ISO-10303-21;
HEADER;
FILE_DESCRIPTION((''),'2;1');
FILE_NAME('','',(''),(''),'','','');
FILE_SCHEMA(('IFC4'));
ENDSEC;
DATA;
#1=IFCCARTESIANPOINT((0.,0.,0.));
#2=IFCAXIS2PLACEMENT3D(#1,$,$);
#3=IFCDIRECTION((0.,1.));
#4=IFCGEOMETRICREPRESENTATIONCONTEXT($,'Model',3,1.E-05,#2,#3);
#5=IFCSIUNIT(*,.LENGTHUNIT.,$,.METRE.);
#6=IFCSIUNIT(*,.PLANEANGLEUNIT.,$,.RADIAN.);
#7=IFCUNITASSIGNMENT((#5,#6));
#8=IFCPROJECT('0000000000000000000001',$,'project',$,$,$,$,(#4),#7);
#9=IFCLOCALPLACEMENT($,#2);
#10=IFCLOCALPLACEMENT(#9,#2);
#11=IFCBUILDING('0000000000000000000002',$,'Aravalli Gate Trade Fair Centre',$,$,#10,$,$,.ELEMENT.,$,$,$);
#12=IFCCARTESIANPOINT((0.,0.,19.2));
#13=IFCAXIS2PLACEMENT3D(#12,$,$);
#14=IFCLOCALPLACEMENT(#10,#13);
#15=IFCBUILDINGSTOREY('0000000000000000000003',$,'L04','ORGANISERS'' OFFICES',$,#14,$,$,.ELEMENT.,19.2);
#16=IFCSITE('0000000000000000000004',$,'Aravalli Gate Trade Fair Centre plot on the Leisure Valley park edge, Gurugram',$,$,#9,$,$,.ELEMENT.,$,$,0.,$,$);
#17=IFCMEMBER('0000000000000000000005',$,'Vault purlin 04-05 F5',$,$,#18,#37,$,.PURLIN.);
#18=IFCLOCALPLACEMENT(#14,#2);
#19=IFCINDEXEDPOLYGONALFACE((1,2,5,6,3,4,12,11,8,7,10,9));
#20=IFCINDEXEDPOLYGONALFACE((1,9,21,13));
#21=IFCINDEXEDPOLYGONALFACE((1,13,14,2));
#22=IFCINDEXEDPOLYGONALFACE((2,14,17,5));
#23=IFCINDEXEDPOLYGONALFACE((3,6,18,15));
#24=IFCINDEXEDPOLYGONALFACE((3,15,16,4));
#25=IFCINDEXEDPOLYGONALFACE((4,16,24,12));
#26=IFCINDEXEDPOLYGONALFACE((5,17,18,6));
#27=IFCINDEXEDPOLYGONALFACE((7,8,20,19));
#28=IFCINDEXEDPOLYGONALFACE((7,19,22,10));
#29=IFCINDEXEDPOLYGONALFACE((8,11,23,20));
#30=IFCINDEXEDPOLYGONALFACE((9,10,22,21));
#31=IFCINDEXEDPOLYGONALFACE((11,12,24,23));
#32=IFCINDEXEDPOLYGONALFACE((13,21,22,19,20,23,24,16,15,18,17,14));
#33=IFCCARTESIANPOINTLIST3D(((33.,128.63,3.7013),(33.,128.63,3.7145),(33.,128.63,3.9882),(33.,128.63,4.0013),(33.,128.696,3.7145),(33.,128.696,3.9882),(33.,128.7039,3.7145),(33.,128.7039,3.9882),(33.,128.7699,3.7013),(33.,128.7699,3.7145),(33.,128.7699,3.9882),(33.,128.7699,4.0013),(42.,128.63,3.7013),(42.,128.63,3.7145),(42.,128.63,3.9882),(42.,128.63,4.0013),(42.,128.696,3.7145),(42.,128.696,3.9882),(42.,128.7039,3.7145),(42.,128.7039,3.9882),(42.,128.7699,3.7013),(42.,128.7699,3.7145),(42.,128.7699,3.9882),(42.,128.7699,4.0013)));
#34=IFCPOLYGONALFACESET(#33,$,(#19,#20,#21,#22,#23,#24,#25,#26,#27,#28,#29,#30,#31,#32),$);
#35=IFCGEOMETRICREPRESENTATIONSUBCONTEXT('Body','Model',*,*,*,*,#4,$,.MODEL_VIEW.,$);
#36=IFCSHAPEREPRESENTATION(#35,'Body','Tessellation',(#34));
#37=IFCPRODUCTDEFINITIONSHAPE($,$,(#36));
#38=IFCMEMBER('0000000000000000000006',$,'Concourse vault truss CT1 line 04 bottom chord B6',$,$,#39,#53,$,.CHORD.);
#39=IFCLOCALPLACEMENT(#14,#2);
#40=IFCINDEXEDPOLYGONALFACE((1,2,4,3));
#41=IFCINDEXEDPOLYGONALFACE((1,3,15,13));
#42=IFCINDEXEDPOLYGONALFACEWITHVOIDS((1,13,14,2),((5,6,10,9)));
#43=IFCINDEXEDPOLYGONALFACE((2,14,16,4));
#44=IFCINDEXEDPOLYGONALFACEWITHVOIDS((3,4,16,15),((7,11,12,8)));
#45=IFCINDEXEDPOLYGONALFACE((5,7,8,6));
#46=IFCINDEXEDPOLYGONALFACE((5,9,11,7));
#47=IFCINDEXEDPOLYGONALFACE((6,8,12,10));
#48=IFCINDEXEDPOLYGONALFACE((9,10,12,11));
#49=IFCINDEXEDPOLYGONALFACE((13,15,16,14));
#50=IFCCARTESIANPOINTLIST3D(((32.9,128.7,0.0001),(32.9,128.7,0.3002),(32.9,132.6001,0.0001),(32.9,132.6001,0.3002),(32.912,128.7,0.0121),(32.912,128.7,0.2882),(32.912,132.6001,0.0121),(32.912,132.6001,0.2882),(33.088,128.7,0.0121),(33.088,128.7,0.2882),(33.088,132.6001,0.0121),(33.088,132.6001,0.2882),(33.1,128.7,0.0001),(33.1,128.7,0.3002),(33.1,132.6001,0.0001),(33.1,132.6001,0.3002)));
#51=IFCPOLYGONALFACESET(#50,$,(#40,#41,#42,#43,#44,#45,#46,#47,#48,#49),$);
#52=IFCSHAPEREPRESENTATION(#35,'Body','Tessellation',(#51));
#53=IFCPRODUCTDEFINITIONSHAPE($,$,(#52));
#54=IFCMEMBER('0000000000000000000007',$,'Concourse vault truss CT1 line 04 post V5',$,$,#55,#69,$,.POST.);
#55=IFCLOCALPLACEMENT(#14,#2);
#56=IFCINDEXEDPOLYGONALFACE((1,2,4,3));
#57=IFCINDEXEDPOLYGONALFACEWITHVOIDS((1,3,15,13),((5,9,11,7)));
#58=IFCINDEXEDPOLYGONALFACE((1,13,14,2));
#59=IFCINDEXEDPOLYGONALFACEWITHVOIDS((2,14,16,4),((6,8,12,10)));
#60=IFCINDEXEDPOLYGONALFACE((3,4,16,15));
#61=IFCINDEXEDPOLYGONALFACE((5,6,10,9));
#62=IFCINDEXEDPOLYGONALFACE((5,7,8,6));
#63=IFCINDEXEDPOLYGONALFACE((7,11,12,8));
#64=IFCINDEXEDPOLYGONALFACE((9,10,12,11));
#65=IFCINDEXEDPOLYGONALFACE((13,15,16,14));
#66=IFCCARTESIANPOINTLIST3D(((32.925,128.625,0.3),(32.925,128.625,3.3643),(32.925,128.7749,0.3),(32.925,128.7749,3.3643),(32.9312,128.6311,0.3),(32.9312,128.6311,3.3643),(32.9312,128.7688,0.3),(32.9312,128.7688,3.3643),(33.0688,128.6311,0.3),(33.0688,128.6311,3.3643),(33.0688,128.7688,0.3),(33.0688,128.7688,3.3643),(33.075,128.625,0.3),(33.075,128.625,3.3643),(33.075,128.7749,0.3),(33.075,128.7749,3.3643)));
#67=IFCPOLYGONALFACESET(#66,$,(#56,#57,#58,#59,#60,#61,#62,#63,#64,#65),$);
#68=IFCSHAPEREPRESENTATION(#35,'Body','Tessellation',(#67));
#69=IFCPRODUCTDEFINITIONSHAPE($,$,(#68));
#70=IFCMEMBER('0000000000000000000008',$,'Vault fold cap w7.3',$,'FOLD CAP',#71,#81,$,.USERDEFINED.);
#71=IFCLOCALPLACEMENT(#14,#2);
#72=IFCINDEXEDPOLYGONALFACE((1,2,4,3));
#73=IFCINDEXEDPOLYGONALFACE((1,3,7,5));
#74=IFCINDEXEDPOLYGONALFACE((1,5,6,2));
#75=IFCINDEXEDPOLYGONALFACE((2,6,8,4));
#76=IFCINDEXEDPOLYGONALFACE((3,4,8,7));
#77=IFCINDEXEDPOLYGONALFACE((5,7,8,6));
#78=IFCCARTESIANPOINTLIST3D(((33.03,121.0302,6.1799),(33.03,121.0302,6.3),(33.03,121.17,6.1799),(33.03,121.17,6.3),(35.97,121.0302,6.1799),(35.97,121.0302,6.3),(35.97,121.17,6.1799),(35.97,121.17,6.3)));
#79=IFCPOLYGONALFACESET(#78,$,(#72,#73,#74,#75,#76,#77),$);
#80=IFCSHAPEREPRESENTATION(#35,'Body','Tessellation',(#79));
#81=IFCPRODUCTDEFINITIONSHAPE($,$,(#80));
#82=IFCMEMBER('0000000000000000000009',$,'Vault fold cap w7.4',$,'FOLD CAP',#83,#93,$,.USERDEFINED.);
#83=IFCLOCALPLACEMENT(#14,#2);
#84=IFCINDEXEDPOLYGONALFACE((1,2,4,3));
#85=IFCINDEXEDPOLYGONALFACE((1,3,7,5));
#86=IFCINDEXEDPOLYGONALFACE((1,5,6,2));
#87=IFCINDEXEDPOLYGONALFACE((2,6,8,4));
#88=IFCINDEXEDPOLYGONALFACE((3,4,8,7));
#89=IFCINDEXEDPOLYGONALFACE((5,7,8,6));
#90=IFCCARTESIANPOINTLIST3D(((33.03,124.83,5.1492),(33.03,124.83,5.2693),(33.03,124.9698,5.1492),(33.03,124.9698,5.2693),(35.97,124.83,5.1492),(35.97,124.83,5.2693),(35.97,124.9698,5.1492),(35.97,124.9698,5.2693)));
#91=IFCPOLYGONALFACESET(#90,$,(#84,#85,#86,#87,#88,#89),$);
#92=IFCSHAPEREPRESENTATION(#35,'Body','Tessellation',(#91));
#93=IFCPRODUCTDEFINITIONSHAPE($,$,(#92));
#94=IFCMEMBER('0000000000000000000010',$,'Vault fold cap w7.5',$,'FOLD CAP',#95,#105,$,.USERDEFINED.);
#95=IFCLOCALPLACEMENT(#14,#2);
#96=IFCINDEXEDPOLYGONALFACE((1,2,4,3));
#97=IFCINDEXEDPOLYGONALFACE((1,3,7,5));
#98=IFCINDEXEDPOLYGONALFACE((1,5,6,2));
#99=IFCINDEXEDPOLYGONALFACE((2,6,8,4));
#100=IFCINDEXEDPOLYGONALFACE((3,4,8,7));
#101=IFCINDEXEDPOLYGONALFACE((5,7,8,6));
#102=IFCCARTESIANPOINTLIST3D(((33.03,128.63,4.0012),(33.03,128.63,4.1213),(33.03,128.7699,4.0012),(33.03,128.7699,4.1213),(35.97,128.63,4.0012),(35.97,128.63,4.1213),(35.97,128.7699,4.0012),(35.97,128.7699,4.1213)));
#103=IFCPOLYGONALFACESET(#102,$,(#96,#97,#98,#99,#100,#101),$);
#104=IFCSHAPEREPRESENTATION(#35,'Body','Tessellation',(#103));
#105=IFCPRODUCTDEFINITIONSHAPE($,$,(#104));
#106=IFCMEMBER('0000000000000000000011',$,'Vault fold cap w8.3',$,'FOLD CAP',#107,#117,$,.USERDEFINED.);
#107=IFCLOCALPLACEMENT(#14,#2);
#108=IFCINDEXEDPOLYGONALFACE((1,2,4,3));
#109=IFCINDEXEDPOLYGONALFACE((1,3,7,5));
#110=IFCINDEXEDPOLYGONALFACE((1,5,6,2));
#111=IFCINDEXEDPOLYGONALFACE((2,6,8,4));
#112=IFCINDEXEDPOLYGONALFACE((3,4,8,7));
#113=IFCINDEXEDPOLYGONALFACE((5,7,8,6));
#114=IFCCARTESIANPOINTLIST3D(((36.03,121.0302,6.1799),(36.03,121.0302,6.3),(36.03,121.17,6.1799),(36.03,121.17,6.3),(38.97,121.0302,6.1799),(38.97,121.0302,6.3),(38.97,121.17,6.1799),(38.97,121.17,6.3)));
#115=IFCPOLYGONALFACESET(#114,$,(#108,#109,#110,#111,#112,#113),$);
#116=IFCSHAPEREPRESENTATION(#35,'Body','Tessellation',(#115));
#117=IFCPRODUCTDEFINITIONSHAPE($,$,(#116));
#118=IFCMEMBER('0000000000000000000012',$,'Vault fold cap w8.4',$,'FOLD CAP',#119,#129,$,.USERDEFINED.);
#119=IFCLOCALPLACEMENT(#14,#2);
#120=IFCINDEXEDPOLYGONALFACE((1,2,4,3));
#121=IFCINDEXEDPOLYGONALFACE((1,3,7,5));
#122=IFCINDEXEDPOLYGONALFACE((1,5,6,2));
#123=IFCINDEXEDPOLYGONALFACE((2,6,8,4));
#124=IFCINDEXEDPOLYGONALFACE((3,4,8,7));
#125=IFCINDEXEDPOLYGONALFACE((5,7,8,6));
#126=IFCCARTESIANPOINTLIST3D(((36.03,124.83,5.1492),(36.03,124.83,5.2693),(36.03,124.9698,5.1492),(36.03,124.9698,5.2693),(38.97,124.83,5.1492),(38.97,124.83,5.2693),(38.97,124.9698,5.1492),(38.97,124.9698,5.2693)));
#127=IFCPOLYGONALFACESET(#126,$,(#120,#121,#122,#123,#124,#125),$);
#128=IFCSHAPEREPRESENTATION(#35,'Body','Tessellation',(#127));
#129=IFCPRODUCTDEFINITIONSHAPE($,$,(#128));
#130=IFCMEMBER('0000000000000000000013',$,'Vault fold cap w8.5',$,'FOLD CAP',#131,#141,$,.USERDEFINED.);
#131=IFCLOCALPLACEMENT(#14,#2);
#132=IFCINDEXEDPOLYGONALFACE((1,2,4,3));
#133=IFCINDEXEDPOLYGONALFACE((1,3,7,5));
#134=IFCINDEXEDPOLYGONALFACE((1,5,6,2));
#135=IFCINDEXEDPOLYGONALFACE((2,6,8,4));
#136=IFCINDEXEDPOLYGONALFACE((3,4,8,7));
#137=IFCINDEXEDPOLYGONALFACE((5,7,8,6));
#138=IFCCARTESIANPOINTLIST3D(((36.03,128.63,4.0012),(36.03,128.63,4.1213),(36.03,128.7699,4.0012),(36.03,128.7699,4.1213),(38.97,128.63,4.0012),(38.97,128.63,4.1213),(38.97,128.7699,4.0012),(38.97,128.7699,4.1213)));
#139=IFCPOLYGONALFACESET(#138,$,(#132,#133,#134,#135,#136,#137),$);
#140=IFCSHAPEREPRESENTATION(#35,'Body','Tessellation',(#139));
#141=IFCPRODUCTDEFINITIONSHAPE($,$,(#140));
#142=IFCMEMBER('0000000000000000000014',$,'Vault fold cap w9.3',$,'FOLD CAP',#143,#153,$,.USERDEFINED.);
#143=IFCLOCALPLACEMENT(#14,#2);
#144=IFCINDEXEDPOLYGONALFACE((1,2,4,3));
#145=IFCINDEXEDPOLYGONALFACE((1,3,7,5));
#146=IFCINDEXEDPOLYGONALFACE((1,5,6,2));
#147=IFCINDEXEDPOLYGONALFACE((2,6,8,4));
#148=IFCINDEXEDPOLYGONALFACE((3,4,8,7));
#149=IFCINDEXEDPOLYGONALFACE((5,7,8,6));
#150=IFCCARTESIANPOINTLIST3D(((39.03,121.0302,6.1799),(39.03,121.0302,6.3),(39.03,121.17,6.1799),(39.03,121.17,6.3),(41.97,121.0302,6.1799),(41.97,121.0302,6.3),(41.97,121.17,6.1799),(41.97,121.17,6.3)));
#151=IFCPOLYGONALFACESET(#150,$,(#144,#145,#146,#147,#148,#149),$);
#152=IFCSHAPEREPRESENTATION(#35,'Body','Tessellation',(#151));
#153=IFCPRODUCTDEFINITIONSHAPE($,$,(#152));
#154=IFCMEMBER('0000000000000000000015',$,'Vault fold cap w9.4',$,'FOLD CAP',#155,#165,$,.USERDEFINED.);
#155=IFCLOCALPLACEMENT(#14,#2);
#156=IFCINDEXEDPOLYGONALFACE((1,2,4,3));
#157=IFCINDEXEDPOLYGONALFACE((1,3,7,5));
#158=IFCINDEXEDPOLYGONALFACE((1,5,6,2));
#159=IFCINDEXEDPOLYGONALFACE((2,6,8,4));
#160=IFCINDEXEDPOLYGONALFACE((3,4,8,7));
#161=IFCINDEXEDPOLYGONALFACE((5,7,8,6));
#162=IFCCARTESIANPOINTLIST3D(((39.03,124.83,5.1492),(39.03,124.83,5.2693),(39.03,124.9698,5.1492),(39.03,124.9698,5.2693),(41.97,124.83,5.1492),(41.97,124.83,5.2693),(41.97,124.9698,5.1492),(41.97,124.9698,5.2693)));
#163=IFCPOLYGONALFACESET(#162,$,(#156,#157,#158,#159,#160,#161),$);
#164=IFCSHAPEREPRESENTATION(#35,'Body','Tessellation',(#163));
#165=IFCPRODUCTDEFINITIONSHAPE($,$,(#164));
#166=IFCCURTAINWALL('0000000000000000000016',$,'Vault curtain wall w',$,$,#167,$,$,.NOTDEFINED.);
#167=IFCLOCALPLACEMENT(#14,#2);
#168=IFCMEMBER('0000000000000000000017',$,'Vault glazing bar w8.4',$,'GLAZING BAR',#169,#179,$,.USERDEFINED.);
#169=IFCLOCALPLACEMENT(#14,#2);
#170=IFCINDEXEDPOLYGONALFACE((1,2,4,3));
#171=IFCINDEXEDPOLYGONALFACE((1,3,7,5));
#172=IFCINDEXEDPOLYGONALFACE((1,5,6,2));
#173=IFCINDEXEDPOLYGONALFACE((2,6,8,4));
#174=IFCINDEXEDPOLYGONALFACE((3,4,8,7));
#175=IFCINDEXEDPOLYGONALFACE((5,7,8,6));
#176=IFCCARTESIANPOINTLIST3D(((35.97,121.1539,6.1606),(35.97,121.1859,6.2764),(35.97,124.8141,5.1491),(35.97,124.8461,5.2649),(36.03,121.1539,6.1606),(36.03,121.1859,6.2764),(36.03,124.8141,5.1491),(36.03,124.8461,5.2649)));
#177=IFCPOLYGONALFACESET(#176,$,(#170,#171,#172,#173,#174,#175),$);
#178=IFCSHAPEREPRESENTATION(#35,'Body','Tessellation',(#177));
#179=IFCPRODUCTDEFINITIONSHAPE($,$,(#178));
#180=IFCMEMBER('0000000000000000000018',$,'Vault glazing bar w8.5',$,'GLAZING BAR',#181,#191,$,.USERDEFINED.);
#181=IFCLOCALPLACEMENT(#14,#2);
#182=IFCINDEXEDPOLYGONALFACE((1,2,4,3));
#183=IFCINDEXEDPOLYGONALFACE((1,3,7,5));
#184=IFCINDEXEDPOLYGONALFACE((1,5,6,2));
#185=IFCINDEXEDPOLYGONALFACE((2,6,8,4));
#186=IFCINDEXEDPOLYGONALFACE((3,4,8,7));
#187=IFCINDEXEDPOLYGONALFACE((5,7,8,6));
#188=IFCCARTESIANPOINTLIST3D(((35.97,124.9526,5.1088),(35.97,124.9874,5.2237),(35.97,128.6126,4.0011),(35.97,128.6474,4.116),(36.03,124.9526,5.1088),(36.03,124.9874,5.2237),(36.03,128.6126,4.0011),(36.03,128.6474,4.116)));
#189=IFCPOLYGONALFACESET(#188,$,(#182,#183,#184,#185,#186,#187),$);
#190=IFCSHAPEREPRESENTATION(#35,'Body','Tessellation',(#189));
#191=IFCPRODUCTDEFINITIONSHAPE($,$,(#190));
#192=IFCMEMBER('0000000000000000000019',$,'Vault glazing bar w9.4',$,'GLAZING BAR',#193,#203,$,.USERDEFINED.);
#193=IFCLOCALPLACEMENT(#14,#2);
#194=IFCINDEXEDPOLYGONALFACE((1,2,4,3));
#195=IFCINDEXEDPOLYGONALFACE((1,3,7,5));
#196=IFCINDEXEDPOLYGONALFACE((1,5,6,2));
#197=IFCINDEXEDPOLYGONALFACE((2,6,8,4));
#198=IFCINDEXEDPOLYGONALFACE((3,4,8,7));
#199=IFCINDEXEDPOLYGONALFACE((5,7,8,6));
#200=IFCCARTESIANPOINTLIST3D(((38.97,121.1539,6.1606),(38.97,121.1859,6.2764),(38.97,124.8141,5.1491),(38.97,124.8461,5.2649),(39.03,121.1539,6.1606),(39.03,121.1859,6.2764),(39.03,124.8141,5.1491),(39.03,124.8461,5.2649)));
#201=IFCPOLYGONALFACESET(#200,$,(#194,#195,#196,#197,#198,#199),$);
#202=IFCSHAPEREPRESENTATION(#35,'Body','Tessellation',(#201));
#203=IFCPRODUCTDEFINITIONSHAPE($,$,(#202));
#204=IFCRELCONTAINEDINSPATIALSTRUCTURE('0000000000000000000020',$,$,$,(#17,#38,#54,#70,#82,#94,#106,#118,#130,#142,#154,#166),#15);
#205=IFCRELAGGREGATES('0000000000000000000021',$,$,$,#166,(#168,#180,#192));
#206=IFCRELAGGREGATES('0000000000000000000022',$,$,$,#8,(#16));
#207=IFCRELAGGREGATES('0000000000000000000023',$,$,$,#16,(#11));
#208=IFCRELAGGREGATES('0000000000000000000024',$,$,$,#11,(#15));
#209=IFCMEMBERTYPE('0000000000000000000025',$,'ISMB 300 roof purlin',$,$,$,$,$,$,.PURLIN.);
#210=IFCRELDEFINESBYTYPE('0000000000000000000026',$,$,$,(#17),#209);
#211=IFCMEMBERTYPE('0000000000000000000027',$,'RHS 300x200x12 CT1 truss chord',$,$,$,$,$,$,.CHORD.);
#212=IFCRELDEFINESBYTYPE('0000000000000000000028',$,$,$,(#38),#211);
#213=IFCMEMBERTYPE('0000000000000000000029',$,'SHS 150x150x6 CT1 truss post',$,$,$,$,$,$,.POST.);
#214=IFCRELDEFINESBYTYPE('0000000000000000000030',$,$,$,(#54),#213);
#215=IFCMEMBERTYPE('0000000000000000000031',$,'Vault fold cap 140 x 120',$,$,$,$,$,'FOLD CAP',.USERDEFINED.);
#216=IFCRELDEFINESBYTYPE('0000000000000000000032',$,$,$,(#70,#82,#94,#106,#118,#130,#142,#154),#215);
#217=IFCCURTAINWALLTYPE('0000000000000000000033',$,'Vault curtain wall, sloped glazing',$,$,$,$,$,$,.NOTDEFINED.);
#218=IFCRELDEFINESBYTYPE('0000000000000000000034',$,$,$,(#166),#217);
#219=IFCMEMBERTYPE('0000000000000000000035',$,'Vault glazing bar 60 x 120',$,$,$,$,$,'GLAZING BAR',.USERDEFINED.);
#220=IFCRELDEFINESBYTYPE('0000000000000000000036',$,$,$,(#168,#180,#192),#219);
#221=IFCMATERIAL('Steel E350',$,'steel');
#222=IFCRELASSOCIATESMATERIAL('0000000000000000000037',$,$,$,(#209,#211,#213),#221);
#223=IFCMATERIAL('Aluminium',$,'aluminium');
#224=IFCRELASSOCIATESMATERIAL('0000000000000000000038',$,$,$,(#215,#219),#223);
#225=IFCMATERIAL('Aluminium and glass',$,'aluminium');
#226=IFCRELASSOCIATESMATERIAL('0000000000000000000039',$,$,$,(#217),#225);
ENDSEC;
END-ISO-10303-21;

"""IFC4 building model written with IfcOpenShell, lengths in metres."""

from ifc_helpers import new_model, si_unit, direction, frame, origin, origin_2d, place, context, subcontext, project, spatial, rectangle, hollow_rectangle, i_section, extrude, material, material_profile, profile_set, type_object, element, aggregate, save


model = new_model("IFC4")

# Units and contexts
model_context = context("Model", 3, precision=1e-05, world=origin(), true_north=direction((0.0, 1.0)))
body_context = subcontext(model_context, "Body", "Model", "MODEL_VIEW")
ifc_project = project(units=[si_unit("LENGTHUNIT", "METRE"), si_unit("PLANEANGLEUNIT", "RADIAN")], contexts=[model_context])

# Site, building, storey
site_placement = place(None, origin())
site = spatial("IfcSite", under=ifc_project, at=site_placement, Name="Aravalli Gate Trade Fair Centre plot on the Leisure Valley park edge, Gurugram", CompositionType="ELEMENT", RefElevation=0.0)
building_placement = place(site_placement, origin())
building = spatial("IfcBuilding", under=site, at=building_placement, Name="Aravalli Gate Trade Fair Centre", CompositionType="ELEMENT")
storey_placement = place(building_placement, frame((0.0, 0.0, 19.2)))
storey = spatial("IfcBuildingStorey", under=building, at=storey_placement, Name="L04", Description="ORGANISERS' OFFICES", CompositionType="ELEMENT", Elevation=19.2)

# Members
ifc_material_1 = material(Name="Steel E350", Category="steel")
ifc_material_profile_1 = material_profile(ifc_material_1, i_section(OverallWidth=0.1399, OverallDepth=0.3, WebThickness=0.0078, FlangeThickness=0.0132, at=origin_2d()), Name="ISMB 300")
ifc_profile_set_1 = profile_set([ifc_material_profile_1], Name="Steel E350")
member_type_1 = type_object("IfcMemberType", Name="ISMB 300 roof purlin", PredefinedType="PURLIN", material=ifc_profile_set_1)
member_1_placement = place(storey_placement, frame((33.0, 128.7, 3.8513), z_axis=(1.0, 0.0, 0.0), x_axis=(0.0, 1.0, 0.0)))
element("IfcMember", 1, at=member_1_placement, inside=storey, type_object=member_type_1, Name="Vault purlin 04-05 F5", PredefinedType="PURLIN", context=body_context, shape_type="SweptSolid", body=[
    extrude(i_section(OverallWidth=0.1399, OverallDepth=0.3, WebThickness=0.0078, FlangeThickness=0.0132, at=origin_2d()), origin(), (0.0, 0.0, 1.0), 9.0),
])
ifc_material_profile_2 = material_profile(ifc_material_1, hollow_rectangle(XDim=0.2, YDim=0.3, WallThickness=0.012, at=origin_2d()), Name="RHS 300x200x12")
ifc_profile_set_2 = profile_set([ifc_material_profile_2], Name="Steel E350")
member_type_2 = type_object("IfcMemberType", Name="RHS 300x200x12 CT1 truss chord", PredefinedType="CHORD", material=ifc_profile_set_2)
member_2_placement = place(storey_placement, frame((33.0, 128.7, 0.1501), z_axis=(0.0, 1.0, 0.0), x_axis=(-1.0, 0.0, 0.0)))
element("IfcMember", 2, at=member_2_placement, inside=storey, type_object=member_type_2, Name="Concourse vault truss CT1 line 04 bottom chord B6", PredefinedType="CHORD", context=body_context, shape_type="SweptSolid", body=[
    extrude(hollow_rectangle(XDim=0.2, YDim=0.3, WallThickness=0.012, at=origin_2d()), origin(), (0.0, 0.0, 1.0), 3.9001),
])
ifc_material_profile_3 = material_profile(ifc_material_1, hollow_rectangle(XDim=0.1499, YDim=0.1499, WallThickness=0.0061, at=origin_2d()), Name="SHS 150x150x6")
ifc_profile_set_3 = profile_set([ifc_material_profile_3], Name="Steel E350")
member_type_3 = type_object("IfcMemberType", Name="SHS 150x150x6 CT1 truss post", PredefinedType="POST", material=ifc_profile_set_3)
member_3_placement = place(storey_placement, frame((33.0, 128.7, 0.3), z_axis=(0.0, 0.0, 1.0), x_axis=(1.0, 0.0, 0.0)))
element("IfcMember", 3, at=member_3_placement, inside=storey, type_object=member_type_3, Name="Concourse vault truss CT1 line 04 post V5", PredefinedType="POST", context=body_context, shape_type="SweptSolid", body=[
    extrude(hollow_rectangle(XDim=0.1499, YDim=0.1499, WallThickness=0.0061, at=origin_2d()), origin(), (0.0, 0.0, 1.0), 3.0642),
])
ifc_material_2 = material(Name="Aluminium", Category="aluminium")
ifc_material_profile_4 = material_profile(ifc_material_2, rectangle(XDim=0.1399, YDim=0.1201, at=origin_2d()), Name="Vault fold cap 140 x 120")
ifc_profile_set_4 = profile_set([ifc_material_profile_4], Name="Aluminium")
member_type_4 = type_object("IfcMemberType", Name="Vault fold cap 140 x 120", ElementType="FOLD CAP", PredefinedType="USERDEFINED", material=ifc_profile_set_4)
for number, where, z_axis, x_axis, name in (
    (4, (33.03, 121.1001, 6.24), (1.0, 0.0, 0.0), (0.0, 1.0, 0.0), "Vault fold cap w7.3"),
    (5, (33.03, 124.8999, 5.2092), (1.0, 0.0, 0.0), (0.0, 1.0, 0.0), "Vault fold cap w7.4"),
    (6, (33.03, 128.7, 4.0613), (1.0, 0.0, 0.0), (0.0, 1.0, 0.0), "Vault fold cap w7.5"),
    (7, (36.03, 121.1001, 6.24), (1.0, 0.0, 0.0), (0.0, 1.0, 0.0), "Vault fold cap w8.3"),
    (8, (36.03, 124.8999, 5.2092), (1.0, 0.0, 0.0), (0.0, 1.0, 0.0), "Vault fold cap w8.4"),
    (9, (36.03, 128.7, 4.0613), (1.0, 0.0, 0.0), (0.0, 1.0, 0.0), "Vault fold cap w8.5"),
    (10, (39.03, 121.1001, 6.24), (1.0, 0.0, 0.0), (0.0, 1.0, 0.0), "Vault fold cap w9.3"),
    (11, (39.03, 124.8999, 5.2092), (1.0, 0.0, 0.0), (0.0, 1.0, 0.0), "Vault fold cap w9.4"),
):
    element("IfcMember", number, at=place(storey_placement, frame(where, z_axis=z_axis, x_axis=x_axis)), inside=storey, type_object=member_type_4, Name=name, ObjectType="FOLD CAP", PredefinedType="USERDEFINED", context=body_context, shape_type="SweptSolid", body=[
        extrude(rectangle(XDim=0.1399, YDim=0.1201, at=origin_2d()), origin(), (0.0, 0.0, 1.0), 2.9399),
    ])

# Curtain wall, members
ifc_material_3 = material(Name="Aluminium and glass", Category="aluminium")
curtain_wall_type = type_object("IfcCurtainWallType", Name="Vault curtain wall, sloped glazing", PredefinedType="NOTDEFINED", material=ifc_material_3)
curtain_wall_placement = place(storey_placement, origin())
curtain_wall = element("IfcCurtainWall", 12, at=curtain_wall_placement, inside=storey, type_object=curtain_wall_type, Name="Vault curtain wall w", PredefinedType="NOTDEFINED")
ifc_material_profile_5 = material_profile(ifc_material_2, rectangle(XDim=0.0601, YDim=0.1201, at=origin_2d()), Name="Vault glazing bar 60 x 120")
ifc_profile_set_5 = profile_set([ifc_material_profile_5], Name="Aluminium")
member_type_5 = type_object("IfcMemberType", Name="Vault glazing bar 60 x 120", ElementType="GLAZING BAR", PredefinedType="USERDEFINED", material=ifc_profile_set_5)
member_4_placement = place(storey_placement, frame((36.0, 121.1699, 6.2185), z_axis=(0.0, 0.963873, -0.266364), x_axis=(-1.0, 0.0, 0.0)))
member_4 = element("IfcMember", 13, at=member_4_placement, type_object=member_type_5, Name="Vault glazing bar w8.4", ObjectType="GLAZING BAR", PredefinedType="USERDEFINED", context=body_context, shape_type="SweptSolid", body=[
    extrude(rectangle(XDim=0.0601, YDim=0.1201, at=origin_2d()), origin(), (0.0, 0.0, 1.0), 3.7974),
])
member_5_placement = place(storey_placement, frame((36.0, 124.97, 5.1663), z_axis=(0.0, 0.957126, -0.289672), x_axis=(-1.0, 0.0, 0.0)))
member_5 = element("IfcMember", 14, at=member_5_placement, type_object=member_type_5, Name="Vault glazing bar w8.5", ObjectType="GLAZING BAR", PredefinedType="USERDEFINED", context=body_context, shape_type="SweptSolid", body=[
    extrude(rectangle(XDim=0.0601, YDim=0.1201, at=origin_2d()), origin(), (0.0, 0.0, 1.0), 3.824),
])
member_6_placement = place(storey_placement, frame((39.0, 121.1699, 6.2185), z_axis=(0.0, 0.963873, -0.266364), x_axis=(-1.0, 0.0, 0.0)))
member_6 = element("IfcMember", 15, at=member_6_placement, type_object=member_type_5, Name="Vault glazing bar w9.4", ObjectType="GLAZING BAR", PredefinedType="USERDEFINED", context=body_context, shape_type="SweptSolid", body=[
    extrude(rectangle(XDim=0.0601, YDim=0.1201, at=origin_2d()), origin(), (0.0, 0.0, 1.0), 3.7974),
])
aggregate(curtain_wall, [member_4, member_5, member_6])

save(model, "model.ifc")
